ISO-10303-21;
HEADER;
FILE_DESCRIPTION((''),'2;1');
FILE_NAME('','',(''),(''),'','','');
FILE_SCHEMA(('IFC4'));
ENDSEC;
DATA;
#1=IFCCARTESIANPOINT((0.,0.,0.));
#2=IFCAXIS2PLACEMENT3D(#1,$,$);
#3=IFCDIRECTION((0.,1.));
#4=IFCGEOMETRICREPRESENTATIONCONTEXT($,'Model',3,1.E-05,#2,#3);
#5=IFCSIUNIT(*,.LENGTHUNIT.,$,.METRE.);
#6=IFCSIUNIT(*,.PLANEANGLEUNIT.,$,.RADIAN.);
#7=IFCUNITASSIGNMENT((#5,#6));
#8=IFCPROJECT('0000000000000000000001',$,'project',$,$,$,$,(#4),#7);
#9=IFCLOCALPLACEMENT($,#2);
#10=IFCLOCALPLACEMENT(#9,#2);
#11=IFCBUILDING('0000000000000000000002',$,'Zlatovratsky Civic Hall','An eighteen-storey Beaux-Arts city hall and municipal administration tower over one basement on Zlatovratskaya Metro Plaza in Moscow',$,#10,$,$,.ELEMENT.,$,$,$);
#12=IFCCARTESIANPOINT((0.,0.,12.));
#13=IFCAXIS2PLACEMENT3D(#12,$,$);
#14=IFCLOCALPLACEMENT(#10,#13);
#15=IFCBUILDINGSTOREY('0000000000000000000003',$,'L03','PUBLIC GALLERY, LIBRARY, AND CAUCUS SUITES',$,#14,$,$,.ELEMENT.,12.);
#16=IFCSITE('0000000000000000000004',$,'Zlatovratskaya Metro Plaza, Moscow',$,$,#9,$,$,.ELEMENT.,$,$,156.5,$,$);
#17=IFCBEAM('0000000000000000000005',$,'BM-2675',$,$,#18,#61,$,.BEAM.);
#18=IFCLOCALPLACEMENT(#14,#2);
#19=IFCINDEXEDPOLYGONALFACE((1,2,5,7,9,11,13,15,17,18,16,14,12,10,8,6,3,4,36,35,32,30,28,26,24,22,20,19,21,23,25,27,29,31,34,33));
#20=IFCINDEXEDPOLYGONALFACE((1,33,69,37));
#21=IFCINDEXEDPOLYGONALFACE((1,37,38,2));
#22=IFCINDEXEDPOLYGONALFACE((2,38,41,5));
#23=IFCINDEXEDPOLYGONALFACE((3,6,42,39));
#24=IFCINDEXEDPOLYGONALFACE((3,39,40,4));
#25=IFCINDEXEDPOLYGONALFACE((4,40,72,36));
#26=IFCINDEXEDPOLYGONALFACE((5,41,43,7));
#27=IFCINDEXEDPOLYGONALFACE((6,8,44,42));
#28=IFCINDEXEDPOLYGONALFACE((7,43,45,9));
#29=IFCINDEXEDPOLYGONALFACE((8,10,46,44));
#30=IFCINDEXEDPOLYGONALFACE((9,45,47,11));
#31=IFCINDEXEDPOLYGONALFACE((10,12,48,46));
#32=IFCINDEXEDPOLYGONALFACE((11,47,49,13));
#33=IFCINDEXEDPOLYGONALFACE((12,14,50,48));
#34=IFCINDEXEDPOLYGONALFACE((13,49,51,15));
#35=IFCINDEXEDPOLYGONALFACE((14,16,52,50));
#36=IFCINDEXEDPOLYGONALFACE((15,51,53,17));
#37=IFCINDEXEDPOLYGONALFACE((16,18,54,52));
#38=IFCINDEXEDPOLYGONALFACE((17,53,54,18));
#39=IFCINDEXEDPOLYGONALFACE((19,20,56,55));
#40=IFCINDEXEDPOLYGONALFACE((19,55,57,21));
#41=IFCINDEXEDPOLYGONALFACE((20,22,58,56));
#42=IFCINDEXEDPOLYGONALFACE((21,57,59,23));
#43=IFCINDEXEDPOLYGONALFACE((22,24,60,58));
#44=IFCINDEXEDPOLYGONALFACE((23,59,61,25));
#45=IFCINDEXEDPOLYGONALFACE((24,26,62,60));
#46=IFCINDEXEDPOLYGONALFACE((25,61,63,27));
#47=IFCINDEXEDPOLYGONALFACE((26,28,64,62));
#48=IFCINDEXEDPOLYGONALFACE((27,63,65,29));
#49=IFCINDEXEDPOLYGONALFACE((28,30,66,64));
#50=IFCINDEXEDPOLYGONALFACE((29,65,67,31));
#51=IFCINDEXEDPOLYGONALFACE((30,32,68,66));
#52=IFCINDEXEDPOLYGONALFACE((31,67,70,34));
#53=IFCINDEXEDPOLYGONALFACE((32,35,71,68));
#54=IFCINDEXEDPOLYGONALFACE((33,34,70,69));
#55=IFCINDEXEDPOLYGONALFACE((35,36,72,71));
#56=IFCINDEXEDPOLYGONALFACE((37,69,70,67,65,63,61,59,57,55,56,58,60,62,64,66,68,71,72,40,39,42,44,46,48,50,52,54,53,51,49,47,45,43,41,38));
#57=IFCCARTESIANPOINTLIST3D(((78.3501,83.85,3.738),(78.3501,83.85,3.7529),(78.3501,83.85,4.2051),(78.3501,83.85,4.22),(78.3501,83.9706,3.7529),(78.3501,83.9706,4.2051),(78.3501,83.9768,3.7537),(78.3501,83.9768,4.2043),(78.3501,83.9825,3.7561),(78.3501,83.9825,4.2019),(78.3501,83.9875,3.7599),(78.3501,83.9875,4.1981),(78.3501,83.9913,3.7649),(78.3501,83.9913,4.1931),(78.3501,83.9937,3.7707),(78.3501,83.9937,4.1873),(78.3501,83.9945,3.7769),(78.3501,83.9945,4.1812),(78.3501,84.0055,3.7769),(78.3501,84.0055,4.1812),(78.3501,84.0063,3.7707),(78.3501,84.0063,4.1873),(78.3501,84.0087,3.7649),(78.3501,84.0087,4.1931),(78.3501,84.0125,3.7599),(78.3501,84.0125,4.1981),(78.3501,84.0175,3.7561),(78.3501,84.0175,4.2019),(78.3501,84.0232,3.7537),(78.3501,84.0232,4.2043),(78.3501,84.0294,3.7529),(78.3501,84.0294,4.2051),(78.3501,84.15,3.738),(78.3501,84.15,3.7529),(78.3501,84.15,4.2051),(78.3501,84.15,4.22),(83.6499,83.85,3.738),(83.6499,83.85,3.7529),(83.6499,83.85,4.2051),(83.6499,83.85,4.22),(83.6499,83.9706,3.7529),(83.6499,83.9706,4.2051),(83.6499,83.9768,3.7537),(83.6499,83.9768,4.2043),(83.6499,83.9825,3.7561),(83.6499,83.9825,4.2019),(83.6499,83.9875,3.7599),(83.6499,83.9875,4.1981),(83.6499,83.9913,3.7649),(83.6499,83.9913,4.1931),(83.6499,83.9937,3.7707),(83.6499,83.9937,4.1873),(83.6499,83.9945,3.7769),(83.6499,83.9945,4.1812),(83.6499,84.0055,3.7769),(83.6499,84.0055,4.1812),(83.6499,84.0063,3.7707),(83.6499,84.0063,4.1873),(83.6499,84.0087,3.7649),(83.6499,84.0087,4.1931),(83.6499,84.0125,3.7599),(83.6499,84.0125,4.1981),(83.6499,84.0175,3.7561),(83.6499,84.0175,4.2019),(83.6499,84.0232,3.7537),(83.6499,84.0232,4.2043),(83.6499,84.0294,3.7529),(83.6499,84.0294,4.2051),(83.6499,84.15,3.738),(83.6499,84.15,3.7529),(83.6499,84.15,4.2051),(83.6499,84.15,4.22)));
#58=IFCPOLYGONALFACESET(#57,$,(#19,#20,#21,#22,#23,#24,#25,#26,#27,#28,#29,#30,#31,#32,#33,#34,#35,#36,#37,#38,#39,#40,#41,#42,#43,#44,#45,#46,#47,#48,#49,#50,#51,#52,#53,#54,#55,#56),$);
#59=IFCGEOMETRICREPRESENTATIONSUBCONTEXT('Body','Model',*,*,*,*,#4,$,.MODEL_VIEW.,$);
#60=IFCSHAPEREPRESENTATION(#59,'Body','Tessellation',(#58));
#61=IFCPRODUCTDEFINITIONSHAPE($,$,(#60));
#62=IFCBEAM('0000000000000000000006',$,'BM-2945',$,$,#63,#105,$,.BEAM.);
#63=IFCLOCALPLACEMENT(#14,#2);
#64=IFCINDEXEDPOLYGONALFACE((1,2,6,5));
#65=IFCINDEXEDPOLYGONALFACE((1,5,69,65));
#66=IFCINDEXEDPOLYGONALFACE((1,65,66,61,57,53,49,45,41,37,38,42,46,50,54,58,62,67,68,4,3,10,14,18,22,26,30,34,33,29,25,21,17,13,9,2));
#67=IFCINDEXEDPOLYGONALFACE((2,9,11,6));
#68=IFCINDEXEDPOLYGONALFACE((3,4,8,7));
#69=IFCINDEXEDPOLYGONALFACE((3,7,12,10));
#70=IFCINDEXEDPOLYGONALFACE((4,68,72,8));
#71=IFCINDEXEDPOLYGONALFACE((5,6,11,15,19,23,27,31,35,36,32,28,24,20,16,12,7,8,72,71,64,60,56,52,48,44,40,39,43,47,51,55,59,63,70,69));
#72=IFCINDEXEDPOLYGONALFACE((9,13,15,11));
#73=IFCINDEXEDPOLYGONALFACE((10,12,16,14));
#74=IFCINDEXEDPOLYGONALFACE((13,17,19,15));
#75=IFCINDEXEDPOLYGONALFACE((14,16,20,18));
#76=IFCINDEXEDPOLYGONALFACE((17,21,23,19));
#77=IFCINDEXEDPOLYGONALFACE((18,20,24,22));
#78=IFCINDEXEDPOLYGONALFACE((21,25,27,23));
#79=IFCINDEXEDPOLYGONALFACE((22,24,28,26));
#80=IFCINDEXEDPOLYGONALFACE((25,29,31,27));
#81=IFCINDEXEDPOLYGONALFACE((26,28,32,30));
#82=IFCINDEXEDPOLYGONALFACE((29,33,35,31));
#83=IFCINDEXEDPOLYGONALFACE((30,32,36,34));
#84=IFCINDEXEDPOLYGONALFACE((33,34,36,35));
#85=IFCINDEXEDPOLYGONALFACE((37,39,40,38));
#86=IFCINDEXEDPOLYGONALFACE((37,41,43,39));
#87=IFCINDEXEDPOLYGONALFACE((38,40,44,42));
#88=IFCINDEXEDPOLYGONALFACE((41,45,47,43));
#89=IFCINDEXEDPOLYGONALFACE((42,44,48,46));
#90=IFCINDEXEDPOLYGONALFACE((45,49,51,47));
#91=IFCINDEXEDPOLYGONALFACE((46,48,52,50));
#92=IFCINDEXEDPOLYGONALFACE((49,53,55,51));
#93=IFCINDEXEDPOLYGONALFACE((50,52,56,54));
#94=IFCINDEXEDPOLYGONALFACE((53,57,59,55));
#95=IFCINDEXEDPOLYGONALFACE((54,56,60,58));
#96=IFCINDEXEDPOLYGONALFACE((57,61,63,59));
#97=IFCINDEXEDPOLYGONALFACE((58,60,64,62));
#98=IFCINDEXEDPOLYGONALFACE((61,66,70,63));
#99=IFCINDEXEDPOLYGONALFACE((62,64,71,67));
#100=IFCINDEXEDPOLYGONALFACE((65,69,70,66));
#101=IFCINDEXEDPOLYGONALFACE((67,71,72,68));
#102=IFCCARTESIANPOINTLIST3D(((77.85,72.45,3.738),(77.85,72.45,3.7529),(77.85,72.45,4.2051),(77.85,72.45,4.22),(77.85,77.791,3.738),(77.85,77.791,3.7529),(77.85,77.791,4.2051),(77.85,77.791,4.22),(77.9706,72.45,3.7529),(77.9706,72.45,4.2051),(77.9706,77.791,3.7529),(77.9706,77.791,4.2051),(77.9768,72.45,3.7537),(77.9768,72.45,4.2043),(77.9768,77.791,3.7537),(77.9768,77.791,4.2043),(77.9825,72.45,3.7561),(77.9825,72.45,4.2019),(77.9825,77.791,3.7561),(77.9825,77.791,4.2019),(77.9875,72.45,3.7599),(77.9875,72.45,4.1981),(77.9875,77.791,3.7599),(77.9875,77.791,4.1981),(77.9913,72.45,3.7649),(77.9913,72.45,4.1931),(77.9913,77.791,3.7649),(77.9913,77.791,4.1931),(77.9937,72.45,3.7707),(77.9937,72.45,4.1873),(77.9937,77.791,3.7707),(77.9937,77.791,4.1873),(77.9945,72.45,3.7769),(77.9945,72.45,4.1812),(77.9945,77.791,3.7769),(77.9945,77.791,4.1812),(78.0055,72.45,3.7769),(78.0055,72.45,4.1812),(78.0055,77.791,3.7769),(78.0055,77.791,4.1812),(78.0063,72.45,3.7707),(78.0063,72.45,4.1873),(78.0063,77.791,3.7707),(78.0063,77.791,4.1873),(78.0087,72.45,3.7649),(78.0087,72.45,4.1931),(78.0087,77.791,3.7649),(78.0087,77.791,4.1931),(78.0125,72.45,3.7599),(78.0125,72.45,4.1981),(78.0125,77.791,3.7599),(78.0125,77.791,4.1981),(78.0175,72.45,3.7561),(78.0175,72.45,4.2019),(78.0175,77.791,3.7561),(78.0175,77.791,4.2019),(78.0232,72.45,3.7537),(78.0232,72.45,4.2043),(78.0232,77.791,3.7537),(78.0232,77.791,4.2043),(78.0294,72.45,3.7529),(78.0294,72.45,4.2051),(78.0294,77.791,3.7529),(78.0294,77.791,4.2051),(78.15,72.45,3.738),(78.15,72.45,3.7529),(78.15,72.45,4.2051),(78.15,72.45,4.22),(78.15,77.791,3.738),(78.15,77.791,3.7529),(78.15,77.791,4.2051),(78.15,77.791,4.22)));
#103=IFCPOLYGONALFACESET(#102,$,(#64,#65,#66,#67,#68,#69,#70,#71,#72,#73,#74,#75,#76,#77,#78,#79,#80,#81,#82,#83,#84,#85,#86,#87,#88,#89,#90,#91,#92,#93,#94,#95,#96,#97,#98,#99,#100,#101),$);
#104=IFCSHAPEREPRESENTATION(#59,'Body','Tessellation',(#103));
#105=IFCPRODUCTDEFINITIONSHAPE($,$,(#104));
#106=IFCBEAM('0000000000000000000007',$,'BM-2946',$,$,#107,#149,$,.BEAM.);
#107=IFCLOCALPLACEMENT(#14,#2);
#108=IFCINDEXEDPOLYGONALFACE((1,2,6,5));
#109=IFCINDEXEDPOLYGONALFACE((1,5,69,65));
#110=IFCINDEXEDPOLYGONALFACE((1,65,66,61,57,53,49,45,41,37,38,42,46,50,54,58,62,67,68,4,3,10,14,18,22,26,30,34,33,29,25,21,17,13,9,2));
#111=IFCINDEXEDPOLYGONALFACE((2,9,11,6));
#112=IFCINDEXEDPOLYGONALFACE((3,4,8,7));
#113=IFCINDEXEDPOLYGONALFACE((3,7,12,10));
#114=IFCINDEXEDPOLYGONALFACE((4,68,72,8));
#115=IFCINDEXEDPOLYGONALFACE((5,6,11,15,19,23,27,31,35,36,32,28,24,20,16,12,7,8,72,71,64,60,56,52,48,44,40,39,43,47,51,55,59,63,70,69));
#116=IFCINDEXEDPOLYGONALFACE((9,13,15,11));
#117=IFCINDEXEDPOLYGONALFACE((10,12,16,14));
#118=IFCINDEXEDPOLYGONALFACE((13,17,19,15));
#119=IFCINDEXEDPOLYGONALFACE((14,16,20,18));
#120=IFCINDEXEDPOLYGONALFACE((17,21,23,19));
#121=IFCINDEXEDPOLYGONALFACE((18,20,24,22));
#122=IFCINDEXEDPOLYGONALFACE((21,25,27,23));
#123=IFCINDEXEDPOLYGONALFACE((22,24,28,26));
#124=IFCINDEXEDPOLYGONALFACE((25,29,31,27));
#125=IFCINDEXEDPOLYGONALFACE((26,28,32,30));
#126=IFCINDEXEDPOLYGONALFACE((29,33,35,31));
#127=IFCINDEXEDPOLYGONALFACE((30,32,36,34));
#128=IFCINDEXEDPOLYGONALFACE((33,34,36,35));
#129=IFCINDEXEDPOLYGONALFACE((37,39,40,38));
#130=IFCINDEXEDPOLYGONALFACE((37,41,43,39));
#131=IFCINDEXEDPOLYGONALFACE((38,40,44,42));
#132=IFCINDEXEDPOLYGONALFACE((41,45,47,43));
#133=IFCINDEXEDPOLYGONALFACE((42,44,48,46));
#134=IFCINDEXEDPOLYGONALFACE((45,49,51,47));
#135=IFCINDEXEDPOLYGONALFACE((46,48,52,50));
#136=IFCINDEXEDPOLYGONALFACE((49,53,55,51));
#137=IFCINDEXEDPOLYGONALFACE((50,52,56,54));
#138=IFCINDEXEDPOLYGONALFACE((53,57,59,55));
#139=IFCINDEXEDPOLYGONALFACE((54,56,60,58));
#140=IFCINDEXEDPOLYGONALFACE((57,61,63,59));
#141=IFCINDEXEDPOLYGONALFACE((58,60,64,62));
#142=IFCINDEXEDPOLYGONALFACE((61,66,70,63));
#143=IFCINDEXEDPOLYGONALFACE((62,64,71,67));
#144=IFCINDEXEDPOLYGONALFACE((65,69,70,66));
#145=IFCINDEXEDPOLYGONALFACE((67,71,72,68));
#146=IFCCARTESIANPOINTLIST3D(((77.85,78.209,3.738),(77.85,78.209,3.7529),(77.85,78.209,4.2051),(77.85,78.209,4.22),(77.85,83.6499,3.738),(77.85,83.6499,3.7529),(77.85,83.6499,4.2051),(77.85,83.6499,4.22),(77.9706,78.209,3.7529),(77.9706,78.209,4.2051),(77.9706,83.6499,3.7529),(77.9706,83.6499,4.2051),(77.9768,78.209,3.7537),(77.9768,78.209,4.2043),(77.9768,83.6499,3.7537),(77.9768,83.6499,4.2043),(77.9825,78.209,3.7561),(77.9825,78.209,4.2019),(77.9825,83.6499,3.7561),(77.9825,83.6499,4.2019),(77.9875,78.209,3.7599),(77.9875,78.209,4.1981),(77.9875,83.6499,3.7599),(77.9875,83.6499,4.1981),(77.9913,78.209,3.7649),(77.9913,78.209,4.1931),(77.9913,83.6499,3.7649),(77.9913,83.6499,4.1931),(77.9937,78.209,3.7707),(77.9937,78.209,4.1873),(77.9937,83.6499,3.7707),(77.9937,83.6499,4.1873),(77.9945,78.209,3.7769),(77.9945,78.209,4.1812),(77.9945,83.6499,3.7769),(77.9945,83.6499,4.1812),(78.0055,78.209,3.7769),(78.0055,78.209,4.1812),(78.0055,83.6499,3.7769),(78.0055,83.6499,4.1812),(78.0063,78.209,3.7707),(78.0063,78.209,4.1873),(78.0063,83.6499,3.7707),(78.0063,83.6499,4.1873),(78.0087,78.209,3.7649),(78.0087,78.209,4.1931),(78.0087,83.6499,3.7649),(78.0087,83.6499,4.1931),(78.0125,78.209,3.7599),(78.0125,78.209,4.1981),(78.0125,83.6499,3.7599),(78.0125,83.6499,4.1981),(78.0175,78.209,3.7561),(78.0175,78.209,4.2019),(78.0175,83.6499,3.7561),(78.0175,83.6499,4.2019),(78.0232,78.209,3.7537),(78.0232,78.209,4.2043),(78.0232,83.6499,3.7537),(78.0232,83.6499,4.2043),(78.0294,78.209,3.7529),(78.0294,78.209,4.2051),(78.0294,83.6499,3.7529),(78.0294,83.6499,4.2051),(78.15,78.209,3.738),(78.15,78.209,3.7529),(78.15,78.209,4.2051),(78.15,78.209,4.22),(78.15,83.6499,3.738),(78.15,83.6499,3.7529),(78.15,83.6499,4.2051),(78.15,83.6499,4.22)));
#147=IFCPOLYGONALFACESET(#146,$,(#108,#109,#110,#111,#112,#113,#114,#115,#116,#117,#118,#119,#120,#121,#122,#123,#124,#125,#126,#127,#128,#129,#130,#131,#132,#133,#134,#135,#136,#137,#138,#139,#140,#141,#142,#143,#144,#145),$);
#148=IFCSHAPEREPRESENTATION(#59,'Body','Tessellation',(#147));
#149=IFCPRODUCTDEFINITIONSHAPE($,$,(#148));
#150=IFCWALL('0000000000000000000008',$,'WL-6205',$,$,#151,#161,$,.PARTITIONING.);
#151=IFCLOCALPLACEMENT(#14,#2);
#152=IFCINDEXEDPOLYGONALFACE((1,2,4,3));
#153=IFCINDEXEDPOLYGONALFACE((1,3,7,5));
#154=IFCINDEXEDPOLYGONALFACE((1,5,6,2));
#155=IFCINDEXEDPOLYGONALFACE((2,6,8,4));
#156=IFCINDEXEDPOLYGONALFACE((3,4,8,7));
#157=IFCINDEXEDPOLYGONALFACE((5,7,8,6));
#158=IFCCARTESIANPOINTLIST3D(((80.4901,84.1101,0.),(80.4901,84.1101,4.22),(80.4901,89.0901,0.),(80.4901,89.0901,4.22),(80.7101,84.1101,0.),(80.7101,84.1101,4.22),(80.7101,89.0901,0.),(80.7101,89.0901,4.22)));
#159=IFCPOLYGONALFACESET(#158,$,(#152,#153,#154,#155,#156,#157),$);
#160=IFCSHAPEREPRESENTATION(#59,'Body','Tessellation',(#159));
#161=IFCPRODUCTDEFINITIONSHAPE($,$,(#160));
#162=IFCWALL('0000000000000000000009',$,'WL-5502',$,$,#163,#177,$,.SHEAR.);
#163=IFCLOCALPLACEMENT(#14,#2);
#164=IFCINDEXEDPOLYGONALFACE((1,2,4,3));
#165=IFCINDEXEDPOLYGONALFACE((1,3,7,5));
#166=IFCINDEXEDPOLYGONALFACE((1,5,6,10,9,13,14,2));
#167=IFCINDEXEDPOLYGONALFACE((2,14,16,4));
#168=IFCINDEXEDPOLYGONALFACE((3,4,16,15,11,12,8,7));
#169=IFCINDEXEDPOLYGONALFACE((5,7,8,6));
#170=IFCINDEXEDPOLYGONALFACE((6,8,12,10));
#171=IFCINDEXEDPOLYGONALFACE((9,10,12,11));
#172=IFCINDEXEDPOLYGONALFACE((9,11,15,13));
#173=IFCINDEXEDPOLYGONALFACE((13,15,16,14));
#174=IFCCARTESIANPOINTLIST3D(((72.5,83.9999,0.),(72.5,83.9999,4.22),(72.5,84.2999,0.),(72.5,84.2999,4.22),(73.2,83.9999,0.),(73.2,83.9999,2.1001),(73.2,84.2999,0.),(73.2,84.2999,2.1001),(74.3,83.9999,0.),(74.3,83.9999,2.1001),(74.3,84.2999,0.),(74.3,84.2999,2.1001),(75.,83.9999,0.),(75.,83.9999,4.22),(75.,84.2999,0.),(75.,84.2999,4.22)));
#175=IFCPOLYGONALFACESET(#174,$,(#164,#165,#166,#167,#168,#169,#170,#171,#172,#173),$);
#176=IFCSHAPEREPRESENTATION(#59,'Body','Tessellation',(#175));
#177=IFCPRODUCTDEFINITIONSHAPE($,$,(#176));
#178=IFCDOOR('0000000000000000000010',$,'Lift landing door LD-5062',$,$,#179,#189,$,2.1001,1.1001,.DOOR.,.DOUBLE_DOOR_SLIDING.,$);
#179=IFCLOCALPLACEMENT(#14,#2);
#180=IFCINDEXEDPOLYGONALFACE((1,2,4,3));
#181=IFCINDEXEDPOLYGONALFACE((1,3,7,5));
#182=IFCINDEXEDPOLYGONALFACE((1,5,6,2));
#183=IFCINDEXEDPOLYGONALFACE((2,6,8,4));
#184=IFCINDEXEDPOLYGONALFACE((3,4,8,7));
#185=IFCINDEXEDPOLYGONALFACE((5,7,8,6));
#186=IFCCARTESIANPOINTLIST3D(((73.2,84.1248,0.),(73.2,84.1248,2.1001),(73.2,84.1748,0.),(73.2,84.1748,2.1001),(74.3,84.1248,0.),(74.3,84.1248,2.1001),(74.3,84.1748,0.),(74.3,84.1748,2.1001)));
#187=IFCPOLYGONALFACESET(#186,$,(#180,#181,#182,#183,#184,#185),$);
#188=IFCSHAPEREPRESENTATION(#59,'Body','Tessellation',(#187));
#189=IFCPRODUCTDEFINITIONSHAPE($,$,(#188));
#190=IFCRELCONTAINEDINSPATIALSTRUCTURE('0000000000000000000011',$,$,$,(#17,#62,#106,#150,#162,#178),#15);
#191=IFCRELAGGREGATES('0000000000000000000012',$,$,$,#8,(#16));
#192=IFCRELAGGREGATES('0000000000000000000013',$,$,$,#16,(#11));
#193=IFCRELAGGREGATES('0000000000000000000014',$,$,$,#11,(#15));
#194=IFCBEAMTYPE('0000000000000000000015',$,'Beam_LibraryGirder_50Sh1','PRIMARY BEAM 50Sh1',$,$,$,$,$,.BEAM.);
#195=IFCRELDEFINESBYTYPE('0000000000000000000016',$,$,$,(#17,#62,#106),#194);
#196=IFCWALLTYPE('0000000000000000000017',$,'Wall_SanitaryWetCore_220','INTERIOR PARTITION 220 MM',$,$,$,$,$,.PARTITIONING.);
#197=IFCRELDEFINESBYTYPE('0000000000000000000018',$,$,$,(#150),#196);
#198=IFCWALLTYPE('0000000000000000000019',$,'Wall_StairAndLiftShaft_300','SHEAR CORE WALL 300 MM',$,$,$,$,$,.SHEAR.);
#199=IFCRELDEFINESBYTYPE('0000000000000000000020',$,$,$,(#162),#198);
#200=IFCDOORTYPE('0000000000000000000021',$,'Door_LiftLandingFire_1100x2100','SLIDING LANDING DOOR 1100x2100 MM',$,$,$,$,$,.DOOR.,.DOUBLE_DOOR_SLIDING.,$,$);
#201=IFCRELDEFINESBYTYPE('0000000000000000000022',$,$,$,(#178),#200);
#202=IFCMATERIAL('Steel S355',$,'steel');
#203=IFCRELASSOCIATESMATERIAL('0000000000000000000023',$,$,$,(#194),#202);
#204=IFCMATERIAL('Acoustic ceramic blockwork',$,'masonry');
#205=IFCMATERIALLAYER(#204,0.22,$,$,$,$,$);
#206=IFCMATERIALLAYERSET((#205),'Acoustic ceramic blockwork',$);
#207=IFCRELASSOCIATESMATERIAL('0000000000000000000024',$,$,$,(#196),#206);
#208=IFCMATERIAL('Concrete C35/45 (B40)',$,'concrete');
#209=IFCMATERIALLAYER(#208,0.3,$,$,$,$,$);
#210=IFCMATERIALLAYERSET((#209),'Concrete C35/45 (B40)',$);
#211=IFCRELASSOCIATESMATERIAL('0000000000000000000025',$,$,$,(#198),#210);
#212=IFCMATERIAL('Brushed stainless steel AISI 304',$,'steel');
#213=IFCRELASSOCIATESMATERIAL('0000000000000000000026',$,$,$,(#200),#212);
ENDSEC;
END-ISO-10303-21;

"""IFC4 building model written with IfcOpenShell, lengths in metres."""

from ifc_helpers import new_model, si_unit, direction, frame, frame_2d, origin, origin_2d, place, context, subcontext, project, spatial, rectangle, i_section, extrude, material, layer, layer_set, material_profile, profile_set, type_object, element, fill, save


model = new_model("IFC4")

# Units and contexts
model_context = context("Model", 3, precision=1e-05, world=origin(), true_north=direction((0.0, 1.0)))
body_context = subcontext(model_context, "Body", "Model", "MODEL_VIEW")
ifc_project = project(units=[si_unit("LENGTHUNIT", "METRE"), si_unit("PLANEANGLEUNIT", "RADIAN")], contexts=[model_context])

# Site, building, storey
site_placement = place(None, origin())
site = spatial("IfcSite", under=ifc_project, at=site_placement, Name="Zlatovratskaya Metro Plaza, Moscow", CompositionType="ELEMENT", RefElevation=156.5)
building_placement = place(site_placement, origin())
building = spatial("IfcBuilding", under=site, at=building_placement, Name="Zlatovratsky Civic Hall", Description="An eighteen-storey Beaux-Arts city hall and municipal administration tower over one basement on Zlatovratskaya Metro Plaza in Moscow", CompositionType="ELEMENT")
storey_placement = place(building_placement, frame((0.0, 0.0, 12.0)))
storey = spatial("IfcBuildingStorey", under=building, at=storey_placement, Name="L03", Description="PUBLIC GALLERY, LIBRARY, AND CAUCUS SUITES", CompositionType="ELEMENT", Elevation=12.0)

# Shared definitions
ifc_material_1 = material(Name="Concrete C35/45 (B40)", Category="concrete")
ifc_material_2 = material(Name="Steel S355", Category="steel")

# Beams
ifc_material_profile_1 = material_profile(ifc_material_2, i_section(OverallWidth=0.3, OverallDepth=0.4819, WebThickness=0.011, FlangeThickness=0.0149, FilletRadius=0.0239, at=origin_2d()), Name="50Sh1")
ifc_profile_set_1 = profile_set([ifc_material_profile_1], Name="Steel S355")
beam_type = type_object("IfcBeamType", Name="Beam_LibraryGirder_50Sh1", Description="PRIMARY BEAM 50Sh1", PredefinedType="BEAM", material=ifc_profile_set_1)
beam_1_placement = place(storey_placement, frame((78.3501, 84.0, 3.979), z_axis=(1.0, 0.0, 0.0), x_axis=(0.0, 1.0, 0.0)))
element("IfcBeam", 1, at=beam_1_placement, inside=storey, type_object=beam_type, Name="BM-2675", PredefinedType="BEAM", context=body_context, shape_type="SweptSolid", body=[
    extrude(i_section(OverallWidth=0.3, OverallDepth=0.4819, WebThickness=0.011, FlangeThickness=0.0149, FilletRadius=0.0239, at=origin_2d()), origin(), (0.0, 0.0, 1.0), 5.2998),
])
beam_2_placement = place(storey_placement, frame((78.0, 72.45, 3.979), z_axis=(0.0, 1.0, 0.0), x_axis=(-1.0, 0.0, 0.0)))
element("IfcBeam", 2, at=beam_2_placement, inside=storey, type_object=beam_type, Name="BM-2945", PredefinedType="BEAM", context=body_context, shape_type="SweptSolid", body=[
    extrude(i_section(OverallWidth=0.3, OverallDepth=0.4819, WebThickness=0.011, FlangeThickness=0.0149, FilletRadius=0.0239, at=origin_2d()), origin(), (0.0, 0.0, 1.0), 5.3411),
])
beam_3_placement = place(storey_placement, frame((78.0, 78.209, 3.979), z_axis=(0.0, 1.0, 0.0), x_axis=(-1.0, 0.0, 0.0)))
element("IfcBeam", 3, at=beam_3_placement, inside=storey, type_object=beam_type, Name="BM-2946", PredefinedType="BEAM", context=body_context, shape_type="SweptSolid", body=[
    extrude(i_section(OverallWidth=0.3, OverallDepth=0.4819, WebThickness=0.011, FlangeThickness=0.0149, FilletRadius=0.0239, at=origin_2d()), origin(), (0.0, 0.0, 1.0), 5.4409),
])

# Shared definitions
ifc_material_3 = material(Name="Acoustic ceramic blockwork", Category="masonry")
ifc_layer_1 = layer(ifc_material_3, 0.22)
ifc_layer_set_1 = layer_set([ifc_layer_1], Name="Acoustic ceramic blockwork")
wall_type_1 = type_object("IfcWallType", Name="Wall_SanitaryWetCore_220", Description="INTERIOR PARTITION 220 MM", PredefinedType="PARTITIONING", material=ifc_layer_set_1)

# Wall
wall_1_placement = place(storey_placement, frame((80.6001, 84.1101, 0.0), z_axis=(0.0, 0.0, 1.0), x_axis=(0.0, 1.0, 0.0)))
element("IfcWall", 4, at=wall_1_placement, inside=storey, type_object=wall_type_1, Name="WL-6205", PredefinedType="PARTITIONING", context=body_context, shape_type="SweptSolid", body=[
    extrude(rectangle(XDim=4.98, YDim=0.22, at=frame_2d((2.49, 0.0))), origin(), (0.0, 0.0, 1.0), 4.22),
])

# Wall, opening, door
ifc_layer_2 = layer(ifc_material_1, 0.3)
ifc_layer_set_2 = layer_set([ifc_layer_2], Name="Concrete C35/45 (B40)")
wall_type_2 = type_object("IfcWallType", Name="Wall_StairAndLiftShaft_300", Description="SHEAR CORE WALL 300 MM", PredefinedType="SHEAR", material=ifc_layer_set_2)
wall_2_placement = place(storey_placement, frame((72.5, 84.1499, 0.0), z_axis=(0.0, 0.0, 1.0), x_axis=(1.0, 0.0, 0.0)))
wall_2 = element("IfcWall", 5, at=wall_2_placement, inside=storey, type_object=wall_type_2, Name="WL-5502", PredefinedType="SHEAR", context=body_context, shape_type="SweptSolid", body=[
    extrude(rectangle(XDim=2.5, YDim=0.3, at=frame_2d((1.25, 0.0))), origin(), (0.0, 0.0, 1.0), 4.22),
])
opening_1_placement = place(wall_2_placement, frame((0.7, 0.0, 0.0)))
opening_1 = element("IfcOpeningElement", 6, at=opening_1_placement, cuts=wall_2, PredefinedType="OPENING", context=body_context, shape_type="SweptSolid", body=[
    extrude(rectangle(XDim=1.1001, YDim=2.1001, at=frame_2d((0.55, 1.05))), frame((0.0, 0.165, 0.0), z_axis=(0.0, -1.0, 0.0), x_axis=(1.0, 0.0, 0.0)), (0.0, 0.0, 1.0), 0.3298),
])
ifc_material_4 = material(Name="Brushed stainless steel AISI 304", Category="steel")
door_type_1 = type_object("IfcDoorType", Name="Door_LiftLandingFire_1100x2100", Description="SLIDING LANDING DOOR 1100x2100 MM", OperationType="DOUBLE_DOOR_SLIDING", PredefinedType="DOOR", material=ifc_material_4)
door_1_placement = place(opening_1_placement, origin())
door_1 = element("IfcDoor", 7, at=door_1_placement, inside=storey, type_object=door_type_1, Name="Lift landing door LD-5062", OperationType="DOUBLE_DOOR_SLIDING", OverallHeight=2.1001, OverallWidth=1.1001, PredefinedType="DOOR", context=body_context, shape_type="SweptSolid", body=[
    extrude(rectangle(XDim=1.1001, YDim=2.1001, at=frame_2d((0.55, 1.05))), frame((0.0, 0.0249, 0.0), z_axis=(0.0, -1.0, 0.0), x_axis=(1.0, 0.0, 0.0)), (0.0, 0.0, 1.0), 0.05),
])
fill(opening_1, door_1)

save(model, "model.ifc")
